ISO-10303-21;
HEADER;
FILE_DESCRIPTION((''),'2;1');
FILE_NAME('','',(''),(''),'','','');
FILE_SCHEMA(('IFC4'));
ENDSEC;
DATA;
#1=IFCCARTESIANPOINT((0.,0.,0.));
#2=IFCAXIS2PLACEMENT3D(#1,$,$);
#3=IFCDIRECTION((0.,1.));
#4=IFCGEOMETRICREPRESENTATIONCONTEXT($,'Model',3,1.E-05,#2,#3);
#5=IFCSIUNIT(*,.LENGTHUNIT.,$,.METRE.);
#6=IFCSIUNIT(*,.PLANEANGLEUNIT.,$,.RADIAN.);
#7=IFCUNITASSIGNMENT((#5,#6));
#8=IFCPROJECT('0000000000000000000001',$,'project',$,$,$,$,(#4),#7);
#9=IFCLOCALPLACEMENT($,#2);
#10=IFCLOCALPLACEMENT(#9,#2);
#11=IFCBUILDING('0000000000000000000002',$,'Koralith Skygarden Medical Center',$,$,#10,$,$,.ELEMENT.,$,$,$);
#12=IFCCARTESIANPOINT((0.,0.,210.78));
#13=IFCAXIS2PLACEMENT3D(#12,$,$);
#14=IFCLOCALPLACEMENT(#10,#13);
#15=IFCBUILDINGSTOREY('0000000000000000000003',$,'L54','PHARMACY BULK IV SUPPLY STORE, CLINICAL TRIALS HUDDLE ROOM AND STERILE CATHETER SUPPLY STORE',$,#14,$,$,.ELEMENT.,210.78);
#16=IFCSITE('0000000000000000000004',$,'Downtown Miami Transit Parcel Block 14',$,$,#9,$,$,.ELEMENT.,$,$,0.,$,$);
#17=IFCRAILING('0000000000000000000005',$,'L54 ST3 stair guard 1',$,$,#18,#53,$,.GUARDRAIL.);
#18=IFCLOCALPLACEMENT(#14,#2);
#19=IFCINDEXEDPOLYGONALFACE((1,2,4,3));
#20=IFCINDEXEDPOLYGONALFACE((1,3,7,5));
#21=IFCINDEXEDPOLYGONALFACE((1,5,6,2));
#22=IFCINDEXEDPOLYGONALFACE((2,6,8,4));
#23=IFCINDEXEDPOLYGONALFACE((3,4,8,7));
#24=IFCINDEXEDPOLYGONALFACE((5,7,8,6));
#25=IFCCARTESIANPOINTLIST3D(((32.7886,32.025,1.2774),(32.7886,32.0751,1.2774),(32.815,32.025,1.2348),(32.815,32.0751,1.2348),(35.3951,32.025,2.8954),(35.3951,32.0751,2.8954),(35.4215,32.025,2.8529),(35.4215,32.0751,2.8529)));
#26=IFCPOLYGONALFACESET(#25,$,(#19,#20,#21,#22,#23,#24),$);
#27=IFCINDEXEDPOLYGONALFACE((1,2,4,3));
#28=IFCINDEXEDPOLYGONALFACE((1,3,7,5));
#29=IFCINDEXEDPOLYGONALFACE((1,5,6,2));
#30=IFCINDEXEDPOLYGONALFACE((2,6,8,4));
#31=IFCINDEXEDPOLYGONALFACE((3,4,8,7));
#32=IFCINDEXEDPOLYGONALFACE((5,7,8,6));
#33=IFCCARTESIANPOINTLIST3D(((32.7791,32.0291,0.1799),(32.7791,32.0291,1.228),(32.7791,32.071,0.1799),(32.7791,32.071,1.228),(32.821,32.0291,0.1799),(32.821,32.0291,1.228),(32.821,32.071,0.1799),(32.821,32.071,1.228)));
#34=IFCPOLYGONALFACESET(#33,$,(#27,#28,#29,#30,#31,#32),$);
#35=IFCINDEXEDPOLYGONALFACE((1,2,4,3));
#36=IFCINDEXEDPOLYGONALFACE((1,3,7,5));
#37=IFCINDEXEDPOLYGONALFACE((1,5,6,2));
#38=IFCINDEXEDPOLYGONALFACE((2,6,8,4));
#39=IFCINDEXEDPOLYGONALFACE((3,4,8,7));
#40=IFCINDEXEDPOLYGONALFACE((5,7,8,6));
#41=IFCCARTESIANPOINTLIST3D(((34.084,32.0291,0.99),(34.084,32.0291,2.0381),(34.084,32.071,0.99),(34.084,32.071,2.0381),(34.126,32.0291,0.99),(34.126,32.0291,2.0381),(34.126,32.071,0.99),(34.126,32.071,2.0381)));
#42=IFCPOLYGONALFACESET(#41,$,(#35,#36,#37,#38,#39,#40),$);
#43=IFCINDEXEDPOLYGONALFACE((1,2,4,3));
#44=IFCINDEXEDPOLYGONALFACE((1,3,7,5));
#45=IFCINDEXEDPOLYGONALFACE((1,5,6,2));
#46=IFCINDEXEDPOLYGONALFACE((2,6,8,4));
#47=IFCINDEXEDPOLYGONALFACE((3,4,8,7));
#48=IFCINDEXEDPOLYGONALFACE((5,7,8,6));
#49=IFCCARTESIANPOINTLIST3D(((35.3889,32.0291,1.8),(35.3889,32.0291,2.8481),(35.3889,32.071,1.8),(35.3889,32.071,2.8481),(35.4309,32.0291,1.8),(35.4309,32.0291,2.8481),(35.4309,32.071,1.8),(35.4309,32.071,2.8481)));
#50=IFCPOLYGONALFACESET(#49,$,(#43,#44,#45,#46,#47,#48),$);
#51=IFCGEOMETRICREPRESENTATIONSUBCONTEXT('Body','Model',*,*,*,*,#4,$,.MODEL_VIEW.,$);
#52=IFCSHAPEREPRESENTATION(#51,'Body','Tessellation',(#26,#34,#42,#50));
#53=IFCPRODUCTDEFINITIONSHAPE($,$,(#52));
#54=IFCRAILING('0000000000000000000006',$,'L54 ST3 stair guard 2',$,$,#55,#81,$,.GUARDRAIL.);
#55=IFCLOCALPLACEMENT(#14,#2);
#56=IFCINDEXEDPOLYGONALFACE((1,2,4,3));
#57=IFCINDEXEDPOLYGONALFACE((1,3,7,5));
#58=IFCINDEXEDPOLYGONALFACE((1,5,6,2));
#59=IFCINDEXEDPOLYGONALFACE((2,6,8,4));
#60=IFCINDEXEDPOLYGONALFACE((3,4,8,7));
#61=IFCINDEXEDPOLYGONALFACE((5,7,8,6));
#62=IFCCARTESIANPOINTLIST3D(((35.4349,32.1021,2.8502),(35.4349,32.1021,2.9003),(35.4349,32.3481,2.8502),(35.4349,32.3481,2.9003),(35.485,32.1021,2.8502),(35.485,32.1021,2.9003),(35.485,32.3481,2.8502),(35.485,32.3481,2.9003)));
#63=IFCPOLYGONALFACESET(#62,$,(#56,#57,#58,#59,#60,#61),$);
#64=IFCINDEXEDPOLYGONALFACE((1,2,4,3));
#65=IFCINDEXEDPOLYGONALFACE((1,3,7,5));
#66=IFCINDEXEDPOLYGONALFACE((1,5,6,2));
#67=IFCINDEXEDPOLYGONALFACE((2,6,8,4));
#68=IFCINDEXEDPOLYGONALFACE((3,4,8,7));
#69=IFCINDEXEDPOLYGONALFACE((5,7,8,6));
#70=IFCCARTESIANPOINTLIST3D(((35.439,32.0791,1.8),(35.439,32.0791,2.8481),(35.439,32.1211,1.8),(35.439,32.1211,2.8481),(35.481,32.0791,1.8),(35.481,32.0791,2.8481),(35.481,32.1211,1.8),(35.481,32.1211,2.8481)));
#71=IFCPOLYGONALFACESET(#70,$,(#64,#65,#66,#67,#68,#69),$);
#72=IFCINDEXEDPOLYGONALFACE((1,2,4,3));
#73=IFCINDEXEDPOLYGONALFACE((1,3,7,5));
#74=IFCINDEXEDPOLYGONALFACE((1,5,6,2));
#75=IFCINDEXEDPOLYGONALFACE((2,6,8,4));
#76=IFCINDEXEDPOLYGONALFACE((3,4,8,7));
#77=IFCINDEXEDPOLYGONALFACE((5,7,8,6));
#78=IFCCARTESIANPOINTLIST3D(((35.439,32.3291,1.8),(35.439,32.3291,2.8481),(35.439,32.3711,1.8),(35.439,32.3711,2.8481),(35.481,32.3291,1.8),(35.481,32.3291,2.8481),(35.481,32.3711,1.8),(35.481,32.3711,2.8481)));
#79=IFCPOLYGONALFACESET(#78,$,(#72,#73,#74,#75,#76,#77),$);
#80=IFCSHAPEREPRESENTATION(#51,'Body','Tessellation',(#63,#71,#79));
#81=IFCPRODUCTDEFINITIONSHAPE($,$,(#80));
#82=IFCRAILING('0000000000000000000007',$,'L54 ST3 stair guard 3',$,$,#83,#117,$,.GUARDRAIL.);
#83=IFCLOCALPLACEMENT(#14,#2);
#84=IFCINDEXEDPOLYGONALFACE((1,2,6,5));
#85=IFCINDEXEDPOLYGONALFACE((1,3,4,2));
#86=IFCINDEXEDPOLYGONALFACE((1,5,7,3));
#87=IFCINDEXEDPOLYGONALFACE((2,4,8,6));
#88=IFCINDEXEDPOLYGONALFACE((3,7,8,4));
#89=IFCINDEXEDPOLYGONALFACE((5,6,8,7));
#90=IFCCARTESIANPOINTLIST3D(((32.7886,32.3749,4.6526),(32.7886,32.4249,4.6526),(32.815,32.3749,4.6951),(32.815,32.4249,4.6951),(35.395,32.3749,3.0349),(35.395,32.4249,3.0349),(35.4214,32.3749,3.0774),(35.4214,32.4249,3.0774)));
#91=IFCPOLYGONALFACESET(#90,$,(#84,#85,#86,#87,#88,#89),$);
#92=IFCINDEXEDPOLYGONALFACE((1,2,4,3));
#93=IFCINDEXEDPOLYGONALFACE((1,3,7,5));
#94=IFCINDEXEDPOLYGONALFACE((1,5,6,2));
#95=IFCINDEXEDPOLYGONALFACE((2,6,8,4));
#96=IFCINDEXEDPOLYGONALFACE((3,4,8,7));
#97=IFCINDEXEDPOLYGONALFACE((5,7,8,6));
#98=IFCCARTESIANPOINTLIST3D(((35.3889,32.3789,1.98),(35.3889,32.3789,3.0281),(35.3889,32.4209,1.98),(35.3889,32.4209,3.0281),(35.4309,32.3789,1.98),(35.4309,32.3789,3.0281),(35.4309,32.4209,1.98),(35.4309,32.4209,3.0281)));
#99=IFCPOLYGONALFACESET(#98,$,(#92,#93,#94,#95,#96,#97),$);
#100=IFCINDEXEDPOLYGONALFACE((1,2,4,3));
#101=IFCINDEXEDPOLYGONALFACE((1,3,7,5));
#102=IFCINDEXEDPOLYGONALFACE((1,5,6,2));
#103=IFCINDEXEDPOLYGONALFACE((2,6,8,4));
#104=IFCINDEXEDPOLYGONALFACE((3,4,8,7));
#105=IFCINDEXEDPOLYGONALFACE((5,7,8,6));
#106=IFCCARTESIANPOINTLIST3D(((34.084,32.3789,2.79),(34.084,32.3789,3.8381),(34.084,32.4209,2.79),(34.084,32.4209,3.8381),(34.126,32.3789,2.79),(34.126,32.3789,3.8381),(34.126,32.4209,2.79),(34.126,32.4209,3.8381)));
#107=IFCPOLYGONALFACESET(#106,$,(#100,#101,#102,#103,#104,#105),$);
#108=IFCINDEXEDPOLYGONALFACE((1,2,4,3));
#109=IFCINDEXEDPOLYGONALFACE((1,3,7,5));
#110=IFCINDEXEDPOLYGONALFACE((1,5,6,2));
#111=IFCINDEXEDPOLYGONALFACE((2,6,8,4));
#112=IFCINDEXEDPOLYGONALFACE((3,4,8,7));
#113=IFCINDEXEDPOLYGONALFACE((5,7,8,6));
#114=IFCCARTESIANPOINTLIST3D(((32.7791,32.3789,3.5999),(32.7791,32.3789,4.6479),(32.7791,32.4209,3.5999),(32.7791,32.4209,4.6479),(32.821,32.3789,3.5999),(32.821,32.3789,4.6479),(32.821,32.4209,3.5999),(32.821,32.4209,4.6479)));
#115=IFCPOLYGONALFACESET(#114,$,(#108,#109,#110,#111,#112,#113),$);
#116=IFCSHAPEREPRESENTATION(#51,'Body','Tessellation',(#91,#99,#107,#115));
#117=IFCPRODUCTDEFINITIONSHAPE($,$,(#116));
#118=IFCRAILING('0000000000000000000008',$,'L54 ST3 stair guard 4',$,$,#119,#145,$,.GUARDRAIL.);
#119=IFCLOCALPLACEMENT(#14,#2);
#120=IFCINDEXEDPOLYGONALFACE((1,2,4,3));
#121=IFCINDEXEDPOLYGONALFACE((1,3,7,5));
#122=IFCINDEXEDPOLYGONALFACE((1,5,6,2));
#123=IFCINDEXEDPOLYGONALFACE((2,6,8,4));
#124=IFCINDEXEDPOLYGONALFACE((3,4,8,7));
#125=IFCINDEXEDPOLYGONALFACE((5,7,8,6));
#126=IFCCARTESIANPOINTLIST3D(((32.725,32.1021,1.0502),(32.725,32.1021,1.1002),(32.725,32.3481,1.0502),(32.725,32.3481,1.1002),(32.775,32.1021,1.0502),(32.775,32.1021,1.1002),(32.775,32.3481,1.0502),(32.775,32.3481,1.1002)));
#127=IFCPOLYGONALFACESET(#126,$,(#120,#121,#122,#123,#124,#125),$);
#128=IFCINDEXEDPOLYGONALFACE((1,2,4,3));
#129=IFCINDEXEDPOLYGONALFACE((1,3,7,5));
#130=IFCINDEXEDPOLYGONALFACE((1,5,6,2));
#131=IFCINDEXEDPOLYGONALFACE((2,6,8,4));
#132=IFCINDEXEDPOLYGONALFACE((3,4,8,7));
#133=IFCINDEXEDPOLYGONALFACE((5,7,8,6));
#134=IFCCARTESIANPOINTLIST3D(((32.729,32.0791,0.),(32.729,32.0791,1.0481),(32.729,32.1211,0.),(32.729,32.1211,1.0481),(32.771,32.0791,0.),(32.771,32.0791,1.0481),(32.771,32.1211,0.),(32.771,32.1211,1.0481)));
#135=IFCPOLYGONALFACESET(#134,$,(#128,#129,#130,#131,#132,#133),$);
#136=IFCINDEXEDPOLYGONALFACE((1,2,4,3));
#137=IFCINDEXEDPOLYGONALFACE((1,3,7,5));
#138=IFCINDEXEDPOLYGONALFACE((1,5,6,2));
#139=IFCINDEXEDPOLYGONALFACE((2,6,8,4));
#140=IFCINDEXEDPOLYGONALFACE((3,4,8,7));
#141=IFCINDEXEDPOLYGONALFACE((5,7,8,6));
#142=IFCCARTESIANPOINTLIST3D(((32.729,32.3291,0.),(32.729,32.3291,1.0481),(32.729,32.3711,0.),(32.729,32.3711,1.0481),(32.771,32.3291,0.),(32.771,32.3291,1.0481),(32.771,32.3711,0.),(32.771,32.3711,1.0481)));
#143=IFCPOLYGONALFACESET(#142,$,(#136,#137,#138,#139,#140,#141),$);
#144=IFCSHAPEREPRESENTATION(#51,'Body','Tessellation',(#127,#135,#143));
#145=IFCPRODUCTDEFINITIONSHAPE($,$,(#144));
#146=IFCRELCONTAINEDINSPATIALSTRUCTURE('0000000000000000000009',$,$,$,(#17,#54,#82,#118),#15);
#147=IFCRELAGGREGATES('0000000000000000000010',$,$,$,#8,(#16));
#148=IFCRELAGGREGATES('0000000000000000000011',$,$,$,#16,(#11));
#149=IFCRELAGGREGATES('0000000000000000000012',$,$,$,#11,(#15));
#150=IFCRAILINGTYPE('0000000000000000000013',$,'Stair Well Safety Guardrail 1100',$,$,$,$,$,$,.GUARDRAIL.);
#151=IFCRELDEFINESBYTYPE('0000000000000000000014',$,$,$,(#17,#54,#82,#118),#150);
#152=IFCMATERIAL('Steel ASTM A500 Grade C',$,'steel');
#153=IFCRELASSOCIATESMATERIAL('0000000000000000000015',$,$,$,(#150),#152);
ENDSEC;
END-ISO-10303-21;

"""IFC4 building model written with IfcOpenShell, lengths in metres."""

from ifc_helpers import new_model, si_unit, direction, frame, origin, origin_2d, place, context, subcontext, project, spatial, rectangle, extrude, material, type_object, element, save


model = new_model("IFC4")

# Units and contexts
model_context = context("Model", 3, precision=1e-05, world=origin(), true_north=direction((0.0, 1.0)))
body_context = subcontext(model_context, "Body", "Model", "MODEL_VIEW")
ifc_project = project(units=[si_unit("LENGTHUNIT", "METRE"), si_unit("PLANEANGLEUNIT", "RADIAN")], contexts=[model_context])

# Site, building, storey
site_placement = place(None, origin())
site = spatial("IfcSite", under=ifc_project, at=site_placement, Name="Downtown Miami Transit Parcel Block 14", CompositionType="ELEMENT", RefElevation=0.0)
building_placement = place(site_placement, origin())
building = spatial("IfcBuilding", under=site, at=building_placement, Name="Koralith Skygarden Medical Center", CompositionType="ELEMENT")
storey_placement = place(building_placement, frame((0.0, 0.0, 210.78)))
storey = spatial("IfcBuildingStorey", under=building, at=storey_placement, Name="L54", Description="PHARMACY BULK IV SUPPLY STORE, CLINICAL TRIALS HUDDLE ROOM AND STERILE CATHETER SUPPLY STORE", CompositionType="ELEMENT", Elevation=210.78)

# Railings
ifc_material_1 = material(Name="Steel ASTM A500 Grade C", Category="steel")
railing_type_1 = type_object("IfcRailingType", Name="Stair Well Safety Guardrail 1100", PredefinedType="GUARDRAIL", material=ifc_material_1)
railing_1_placement = place(storey_placement, frame((32.8, 32.05, 0.1799)))
element("IfcRailing", 1, at=railing_1_placement, inside=storey, type_object=railing_type_1, Name="L54 ST3 stair guard 1", PredefinedType="GUARDRAIL", context=body_context, shape_type="SweptSolid", body=[
    extrude(rectangle(XDim=0.05, YDim=0.05, at=origin_2d()), frame((0.0017, 0.0, 1.0762), z_axis=(0.849611, 0.0, 0.52741), x_axis=(0.0, 1.0, 0.0)), (0.0, 0.0, 1.0), 3.0679),
    extrude(rectangle(XDim=0.042, YDim=0.042, at=origin_2d()), origin(), (0.0, 0.0, 1.0), 1.0481),
    extrude(rectangle(XDim=0.042, YDim=0.042, at=origin_2d()), frame((1.3049, 0.0, 0.8101)), (0.0, 0.0, 1.0), 1.0481),
    extrude(rectangle(XDim=0.042, YDim=0.042, at=origin_2d()), frame((2.6099, 0.0, 1.6201)), (0.0, 0.0, 1.0), 1.0481),
])
railing_2_placement = place(storey_placement, frame((35.46, 32.1001, 1.8)))
element("IfcRailing", 2, at=railing_2_placement, inside=storey, type_object=railing_type_1, Name="L54 ST3 stair guard 2", PredefinedType="GUARDRAIL", context=body_context, shape_type="SweptSolid", body=[
    extrude(rectangle(XDim=0.05, YDim=0.05, at=origin_2d()), frame((0.0, 0.002, 1.0752), z_axis=(0.0, 1.0, 0.0), x_axis=(-1.0, 0.0, 0.0)), (0.0, 0.0, 1.0), 0.2461),
    extrude(rectangle(XDim=0.042, YDim=0.042, at=origin_2d()), origin(), (0.0, 0.0, 1.0), 1.0481),
    extrude(rectangle(XDim=0.042, YDim=0.042, at=origin_2d()), frame((0.0, 0.25, 0.0)), (0.0, 0.0, 1.0), 1.0481),
])
railing_3_placement = place(storey_placement, frame((35.4099, 32.3999, 1.98)))
element("IfcRailing", 3, at=railing_3_placement, inside=storey, type_object=railing_type_1, Name="L54 ST3 stair guard 3", PredefinedType="GUARDRAIL", context=body_context, shape_type="SweptSolid", body=[
    extrude(rectangle(XDim=0.05, YDim=0.05, at=origin_2d()), frame((-0.0017, 0.0, 1.0762), z_axis=(-0.849646, 0.0, 0.527353), x_axis=(0.0, -1.0, 0.0)), (0.0, 0.0, 1.0), 3.0676),
    extrude(rectangle(XDim=0.042, YDim=0.042, at=origin_2d()), origin(), (0.0, 0.0, 1.0), 1.0481),
    extrude(rectangle(XDim=0.042, YDim=0.042, at=origin_2d()), frame((-1.3049, 0.0, 0.8101)), (0.0, 0.0, 1.0), 1.0481),
    extrude(rectangle(XDim=0.042, YDim=0.042, at=origin_2d()), frame((-2.6099, 0.0, 1.6199)), (0.0, 0.0, 1.0), 1.0481),
])
railing_4_placement = place(storey_placement, frame((32.75, 32.1001, 0.0)))
element("IfcRailing", 4, at=railing_4_placement, inside=storey, type_object=railing_type_1, Name="L54 ST3 stair guard 4", PredefinedType="GUARDRAIL", context=body_context, shape_type="SweptSolid", body=[
    extrude(rectangle(XDim=0.05, YDim=0.05, at=origin_2d()), frame((0.0, 0.002, 1.0752), z_axis=(0.0, 1.0, 0.0), x_axis=(-1.0, 0.0, 0.0)), (0.0, 0.0, 1.0), 0.2461),
    extrude(rectangle(XDim=0.042, YDim=0.042, at=origin_2d()), origin(), (0.0, 0.0, 1.0), 1.0481),
    extrude(rectangle(XDim=0.042, YDim=0.042, at=origin_2d()), frame((0.0, 0.25, 0.0)), (0.0, 0.0, 1.0), 1.0481),
])

save(model, "model.ifc")
